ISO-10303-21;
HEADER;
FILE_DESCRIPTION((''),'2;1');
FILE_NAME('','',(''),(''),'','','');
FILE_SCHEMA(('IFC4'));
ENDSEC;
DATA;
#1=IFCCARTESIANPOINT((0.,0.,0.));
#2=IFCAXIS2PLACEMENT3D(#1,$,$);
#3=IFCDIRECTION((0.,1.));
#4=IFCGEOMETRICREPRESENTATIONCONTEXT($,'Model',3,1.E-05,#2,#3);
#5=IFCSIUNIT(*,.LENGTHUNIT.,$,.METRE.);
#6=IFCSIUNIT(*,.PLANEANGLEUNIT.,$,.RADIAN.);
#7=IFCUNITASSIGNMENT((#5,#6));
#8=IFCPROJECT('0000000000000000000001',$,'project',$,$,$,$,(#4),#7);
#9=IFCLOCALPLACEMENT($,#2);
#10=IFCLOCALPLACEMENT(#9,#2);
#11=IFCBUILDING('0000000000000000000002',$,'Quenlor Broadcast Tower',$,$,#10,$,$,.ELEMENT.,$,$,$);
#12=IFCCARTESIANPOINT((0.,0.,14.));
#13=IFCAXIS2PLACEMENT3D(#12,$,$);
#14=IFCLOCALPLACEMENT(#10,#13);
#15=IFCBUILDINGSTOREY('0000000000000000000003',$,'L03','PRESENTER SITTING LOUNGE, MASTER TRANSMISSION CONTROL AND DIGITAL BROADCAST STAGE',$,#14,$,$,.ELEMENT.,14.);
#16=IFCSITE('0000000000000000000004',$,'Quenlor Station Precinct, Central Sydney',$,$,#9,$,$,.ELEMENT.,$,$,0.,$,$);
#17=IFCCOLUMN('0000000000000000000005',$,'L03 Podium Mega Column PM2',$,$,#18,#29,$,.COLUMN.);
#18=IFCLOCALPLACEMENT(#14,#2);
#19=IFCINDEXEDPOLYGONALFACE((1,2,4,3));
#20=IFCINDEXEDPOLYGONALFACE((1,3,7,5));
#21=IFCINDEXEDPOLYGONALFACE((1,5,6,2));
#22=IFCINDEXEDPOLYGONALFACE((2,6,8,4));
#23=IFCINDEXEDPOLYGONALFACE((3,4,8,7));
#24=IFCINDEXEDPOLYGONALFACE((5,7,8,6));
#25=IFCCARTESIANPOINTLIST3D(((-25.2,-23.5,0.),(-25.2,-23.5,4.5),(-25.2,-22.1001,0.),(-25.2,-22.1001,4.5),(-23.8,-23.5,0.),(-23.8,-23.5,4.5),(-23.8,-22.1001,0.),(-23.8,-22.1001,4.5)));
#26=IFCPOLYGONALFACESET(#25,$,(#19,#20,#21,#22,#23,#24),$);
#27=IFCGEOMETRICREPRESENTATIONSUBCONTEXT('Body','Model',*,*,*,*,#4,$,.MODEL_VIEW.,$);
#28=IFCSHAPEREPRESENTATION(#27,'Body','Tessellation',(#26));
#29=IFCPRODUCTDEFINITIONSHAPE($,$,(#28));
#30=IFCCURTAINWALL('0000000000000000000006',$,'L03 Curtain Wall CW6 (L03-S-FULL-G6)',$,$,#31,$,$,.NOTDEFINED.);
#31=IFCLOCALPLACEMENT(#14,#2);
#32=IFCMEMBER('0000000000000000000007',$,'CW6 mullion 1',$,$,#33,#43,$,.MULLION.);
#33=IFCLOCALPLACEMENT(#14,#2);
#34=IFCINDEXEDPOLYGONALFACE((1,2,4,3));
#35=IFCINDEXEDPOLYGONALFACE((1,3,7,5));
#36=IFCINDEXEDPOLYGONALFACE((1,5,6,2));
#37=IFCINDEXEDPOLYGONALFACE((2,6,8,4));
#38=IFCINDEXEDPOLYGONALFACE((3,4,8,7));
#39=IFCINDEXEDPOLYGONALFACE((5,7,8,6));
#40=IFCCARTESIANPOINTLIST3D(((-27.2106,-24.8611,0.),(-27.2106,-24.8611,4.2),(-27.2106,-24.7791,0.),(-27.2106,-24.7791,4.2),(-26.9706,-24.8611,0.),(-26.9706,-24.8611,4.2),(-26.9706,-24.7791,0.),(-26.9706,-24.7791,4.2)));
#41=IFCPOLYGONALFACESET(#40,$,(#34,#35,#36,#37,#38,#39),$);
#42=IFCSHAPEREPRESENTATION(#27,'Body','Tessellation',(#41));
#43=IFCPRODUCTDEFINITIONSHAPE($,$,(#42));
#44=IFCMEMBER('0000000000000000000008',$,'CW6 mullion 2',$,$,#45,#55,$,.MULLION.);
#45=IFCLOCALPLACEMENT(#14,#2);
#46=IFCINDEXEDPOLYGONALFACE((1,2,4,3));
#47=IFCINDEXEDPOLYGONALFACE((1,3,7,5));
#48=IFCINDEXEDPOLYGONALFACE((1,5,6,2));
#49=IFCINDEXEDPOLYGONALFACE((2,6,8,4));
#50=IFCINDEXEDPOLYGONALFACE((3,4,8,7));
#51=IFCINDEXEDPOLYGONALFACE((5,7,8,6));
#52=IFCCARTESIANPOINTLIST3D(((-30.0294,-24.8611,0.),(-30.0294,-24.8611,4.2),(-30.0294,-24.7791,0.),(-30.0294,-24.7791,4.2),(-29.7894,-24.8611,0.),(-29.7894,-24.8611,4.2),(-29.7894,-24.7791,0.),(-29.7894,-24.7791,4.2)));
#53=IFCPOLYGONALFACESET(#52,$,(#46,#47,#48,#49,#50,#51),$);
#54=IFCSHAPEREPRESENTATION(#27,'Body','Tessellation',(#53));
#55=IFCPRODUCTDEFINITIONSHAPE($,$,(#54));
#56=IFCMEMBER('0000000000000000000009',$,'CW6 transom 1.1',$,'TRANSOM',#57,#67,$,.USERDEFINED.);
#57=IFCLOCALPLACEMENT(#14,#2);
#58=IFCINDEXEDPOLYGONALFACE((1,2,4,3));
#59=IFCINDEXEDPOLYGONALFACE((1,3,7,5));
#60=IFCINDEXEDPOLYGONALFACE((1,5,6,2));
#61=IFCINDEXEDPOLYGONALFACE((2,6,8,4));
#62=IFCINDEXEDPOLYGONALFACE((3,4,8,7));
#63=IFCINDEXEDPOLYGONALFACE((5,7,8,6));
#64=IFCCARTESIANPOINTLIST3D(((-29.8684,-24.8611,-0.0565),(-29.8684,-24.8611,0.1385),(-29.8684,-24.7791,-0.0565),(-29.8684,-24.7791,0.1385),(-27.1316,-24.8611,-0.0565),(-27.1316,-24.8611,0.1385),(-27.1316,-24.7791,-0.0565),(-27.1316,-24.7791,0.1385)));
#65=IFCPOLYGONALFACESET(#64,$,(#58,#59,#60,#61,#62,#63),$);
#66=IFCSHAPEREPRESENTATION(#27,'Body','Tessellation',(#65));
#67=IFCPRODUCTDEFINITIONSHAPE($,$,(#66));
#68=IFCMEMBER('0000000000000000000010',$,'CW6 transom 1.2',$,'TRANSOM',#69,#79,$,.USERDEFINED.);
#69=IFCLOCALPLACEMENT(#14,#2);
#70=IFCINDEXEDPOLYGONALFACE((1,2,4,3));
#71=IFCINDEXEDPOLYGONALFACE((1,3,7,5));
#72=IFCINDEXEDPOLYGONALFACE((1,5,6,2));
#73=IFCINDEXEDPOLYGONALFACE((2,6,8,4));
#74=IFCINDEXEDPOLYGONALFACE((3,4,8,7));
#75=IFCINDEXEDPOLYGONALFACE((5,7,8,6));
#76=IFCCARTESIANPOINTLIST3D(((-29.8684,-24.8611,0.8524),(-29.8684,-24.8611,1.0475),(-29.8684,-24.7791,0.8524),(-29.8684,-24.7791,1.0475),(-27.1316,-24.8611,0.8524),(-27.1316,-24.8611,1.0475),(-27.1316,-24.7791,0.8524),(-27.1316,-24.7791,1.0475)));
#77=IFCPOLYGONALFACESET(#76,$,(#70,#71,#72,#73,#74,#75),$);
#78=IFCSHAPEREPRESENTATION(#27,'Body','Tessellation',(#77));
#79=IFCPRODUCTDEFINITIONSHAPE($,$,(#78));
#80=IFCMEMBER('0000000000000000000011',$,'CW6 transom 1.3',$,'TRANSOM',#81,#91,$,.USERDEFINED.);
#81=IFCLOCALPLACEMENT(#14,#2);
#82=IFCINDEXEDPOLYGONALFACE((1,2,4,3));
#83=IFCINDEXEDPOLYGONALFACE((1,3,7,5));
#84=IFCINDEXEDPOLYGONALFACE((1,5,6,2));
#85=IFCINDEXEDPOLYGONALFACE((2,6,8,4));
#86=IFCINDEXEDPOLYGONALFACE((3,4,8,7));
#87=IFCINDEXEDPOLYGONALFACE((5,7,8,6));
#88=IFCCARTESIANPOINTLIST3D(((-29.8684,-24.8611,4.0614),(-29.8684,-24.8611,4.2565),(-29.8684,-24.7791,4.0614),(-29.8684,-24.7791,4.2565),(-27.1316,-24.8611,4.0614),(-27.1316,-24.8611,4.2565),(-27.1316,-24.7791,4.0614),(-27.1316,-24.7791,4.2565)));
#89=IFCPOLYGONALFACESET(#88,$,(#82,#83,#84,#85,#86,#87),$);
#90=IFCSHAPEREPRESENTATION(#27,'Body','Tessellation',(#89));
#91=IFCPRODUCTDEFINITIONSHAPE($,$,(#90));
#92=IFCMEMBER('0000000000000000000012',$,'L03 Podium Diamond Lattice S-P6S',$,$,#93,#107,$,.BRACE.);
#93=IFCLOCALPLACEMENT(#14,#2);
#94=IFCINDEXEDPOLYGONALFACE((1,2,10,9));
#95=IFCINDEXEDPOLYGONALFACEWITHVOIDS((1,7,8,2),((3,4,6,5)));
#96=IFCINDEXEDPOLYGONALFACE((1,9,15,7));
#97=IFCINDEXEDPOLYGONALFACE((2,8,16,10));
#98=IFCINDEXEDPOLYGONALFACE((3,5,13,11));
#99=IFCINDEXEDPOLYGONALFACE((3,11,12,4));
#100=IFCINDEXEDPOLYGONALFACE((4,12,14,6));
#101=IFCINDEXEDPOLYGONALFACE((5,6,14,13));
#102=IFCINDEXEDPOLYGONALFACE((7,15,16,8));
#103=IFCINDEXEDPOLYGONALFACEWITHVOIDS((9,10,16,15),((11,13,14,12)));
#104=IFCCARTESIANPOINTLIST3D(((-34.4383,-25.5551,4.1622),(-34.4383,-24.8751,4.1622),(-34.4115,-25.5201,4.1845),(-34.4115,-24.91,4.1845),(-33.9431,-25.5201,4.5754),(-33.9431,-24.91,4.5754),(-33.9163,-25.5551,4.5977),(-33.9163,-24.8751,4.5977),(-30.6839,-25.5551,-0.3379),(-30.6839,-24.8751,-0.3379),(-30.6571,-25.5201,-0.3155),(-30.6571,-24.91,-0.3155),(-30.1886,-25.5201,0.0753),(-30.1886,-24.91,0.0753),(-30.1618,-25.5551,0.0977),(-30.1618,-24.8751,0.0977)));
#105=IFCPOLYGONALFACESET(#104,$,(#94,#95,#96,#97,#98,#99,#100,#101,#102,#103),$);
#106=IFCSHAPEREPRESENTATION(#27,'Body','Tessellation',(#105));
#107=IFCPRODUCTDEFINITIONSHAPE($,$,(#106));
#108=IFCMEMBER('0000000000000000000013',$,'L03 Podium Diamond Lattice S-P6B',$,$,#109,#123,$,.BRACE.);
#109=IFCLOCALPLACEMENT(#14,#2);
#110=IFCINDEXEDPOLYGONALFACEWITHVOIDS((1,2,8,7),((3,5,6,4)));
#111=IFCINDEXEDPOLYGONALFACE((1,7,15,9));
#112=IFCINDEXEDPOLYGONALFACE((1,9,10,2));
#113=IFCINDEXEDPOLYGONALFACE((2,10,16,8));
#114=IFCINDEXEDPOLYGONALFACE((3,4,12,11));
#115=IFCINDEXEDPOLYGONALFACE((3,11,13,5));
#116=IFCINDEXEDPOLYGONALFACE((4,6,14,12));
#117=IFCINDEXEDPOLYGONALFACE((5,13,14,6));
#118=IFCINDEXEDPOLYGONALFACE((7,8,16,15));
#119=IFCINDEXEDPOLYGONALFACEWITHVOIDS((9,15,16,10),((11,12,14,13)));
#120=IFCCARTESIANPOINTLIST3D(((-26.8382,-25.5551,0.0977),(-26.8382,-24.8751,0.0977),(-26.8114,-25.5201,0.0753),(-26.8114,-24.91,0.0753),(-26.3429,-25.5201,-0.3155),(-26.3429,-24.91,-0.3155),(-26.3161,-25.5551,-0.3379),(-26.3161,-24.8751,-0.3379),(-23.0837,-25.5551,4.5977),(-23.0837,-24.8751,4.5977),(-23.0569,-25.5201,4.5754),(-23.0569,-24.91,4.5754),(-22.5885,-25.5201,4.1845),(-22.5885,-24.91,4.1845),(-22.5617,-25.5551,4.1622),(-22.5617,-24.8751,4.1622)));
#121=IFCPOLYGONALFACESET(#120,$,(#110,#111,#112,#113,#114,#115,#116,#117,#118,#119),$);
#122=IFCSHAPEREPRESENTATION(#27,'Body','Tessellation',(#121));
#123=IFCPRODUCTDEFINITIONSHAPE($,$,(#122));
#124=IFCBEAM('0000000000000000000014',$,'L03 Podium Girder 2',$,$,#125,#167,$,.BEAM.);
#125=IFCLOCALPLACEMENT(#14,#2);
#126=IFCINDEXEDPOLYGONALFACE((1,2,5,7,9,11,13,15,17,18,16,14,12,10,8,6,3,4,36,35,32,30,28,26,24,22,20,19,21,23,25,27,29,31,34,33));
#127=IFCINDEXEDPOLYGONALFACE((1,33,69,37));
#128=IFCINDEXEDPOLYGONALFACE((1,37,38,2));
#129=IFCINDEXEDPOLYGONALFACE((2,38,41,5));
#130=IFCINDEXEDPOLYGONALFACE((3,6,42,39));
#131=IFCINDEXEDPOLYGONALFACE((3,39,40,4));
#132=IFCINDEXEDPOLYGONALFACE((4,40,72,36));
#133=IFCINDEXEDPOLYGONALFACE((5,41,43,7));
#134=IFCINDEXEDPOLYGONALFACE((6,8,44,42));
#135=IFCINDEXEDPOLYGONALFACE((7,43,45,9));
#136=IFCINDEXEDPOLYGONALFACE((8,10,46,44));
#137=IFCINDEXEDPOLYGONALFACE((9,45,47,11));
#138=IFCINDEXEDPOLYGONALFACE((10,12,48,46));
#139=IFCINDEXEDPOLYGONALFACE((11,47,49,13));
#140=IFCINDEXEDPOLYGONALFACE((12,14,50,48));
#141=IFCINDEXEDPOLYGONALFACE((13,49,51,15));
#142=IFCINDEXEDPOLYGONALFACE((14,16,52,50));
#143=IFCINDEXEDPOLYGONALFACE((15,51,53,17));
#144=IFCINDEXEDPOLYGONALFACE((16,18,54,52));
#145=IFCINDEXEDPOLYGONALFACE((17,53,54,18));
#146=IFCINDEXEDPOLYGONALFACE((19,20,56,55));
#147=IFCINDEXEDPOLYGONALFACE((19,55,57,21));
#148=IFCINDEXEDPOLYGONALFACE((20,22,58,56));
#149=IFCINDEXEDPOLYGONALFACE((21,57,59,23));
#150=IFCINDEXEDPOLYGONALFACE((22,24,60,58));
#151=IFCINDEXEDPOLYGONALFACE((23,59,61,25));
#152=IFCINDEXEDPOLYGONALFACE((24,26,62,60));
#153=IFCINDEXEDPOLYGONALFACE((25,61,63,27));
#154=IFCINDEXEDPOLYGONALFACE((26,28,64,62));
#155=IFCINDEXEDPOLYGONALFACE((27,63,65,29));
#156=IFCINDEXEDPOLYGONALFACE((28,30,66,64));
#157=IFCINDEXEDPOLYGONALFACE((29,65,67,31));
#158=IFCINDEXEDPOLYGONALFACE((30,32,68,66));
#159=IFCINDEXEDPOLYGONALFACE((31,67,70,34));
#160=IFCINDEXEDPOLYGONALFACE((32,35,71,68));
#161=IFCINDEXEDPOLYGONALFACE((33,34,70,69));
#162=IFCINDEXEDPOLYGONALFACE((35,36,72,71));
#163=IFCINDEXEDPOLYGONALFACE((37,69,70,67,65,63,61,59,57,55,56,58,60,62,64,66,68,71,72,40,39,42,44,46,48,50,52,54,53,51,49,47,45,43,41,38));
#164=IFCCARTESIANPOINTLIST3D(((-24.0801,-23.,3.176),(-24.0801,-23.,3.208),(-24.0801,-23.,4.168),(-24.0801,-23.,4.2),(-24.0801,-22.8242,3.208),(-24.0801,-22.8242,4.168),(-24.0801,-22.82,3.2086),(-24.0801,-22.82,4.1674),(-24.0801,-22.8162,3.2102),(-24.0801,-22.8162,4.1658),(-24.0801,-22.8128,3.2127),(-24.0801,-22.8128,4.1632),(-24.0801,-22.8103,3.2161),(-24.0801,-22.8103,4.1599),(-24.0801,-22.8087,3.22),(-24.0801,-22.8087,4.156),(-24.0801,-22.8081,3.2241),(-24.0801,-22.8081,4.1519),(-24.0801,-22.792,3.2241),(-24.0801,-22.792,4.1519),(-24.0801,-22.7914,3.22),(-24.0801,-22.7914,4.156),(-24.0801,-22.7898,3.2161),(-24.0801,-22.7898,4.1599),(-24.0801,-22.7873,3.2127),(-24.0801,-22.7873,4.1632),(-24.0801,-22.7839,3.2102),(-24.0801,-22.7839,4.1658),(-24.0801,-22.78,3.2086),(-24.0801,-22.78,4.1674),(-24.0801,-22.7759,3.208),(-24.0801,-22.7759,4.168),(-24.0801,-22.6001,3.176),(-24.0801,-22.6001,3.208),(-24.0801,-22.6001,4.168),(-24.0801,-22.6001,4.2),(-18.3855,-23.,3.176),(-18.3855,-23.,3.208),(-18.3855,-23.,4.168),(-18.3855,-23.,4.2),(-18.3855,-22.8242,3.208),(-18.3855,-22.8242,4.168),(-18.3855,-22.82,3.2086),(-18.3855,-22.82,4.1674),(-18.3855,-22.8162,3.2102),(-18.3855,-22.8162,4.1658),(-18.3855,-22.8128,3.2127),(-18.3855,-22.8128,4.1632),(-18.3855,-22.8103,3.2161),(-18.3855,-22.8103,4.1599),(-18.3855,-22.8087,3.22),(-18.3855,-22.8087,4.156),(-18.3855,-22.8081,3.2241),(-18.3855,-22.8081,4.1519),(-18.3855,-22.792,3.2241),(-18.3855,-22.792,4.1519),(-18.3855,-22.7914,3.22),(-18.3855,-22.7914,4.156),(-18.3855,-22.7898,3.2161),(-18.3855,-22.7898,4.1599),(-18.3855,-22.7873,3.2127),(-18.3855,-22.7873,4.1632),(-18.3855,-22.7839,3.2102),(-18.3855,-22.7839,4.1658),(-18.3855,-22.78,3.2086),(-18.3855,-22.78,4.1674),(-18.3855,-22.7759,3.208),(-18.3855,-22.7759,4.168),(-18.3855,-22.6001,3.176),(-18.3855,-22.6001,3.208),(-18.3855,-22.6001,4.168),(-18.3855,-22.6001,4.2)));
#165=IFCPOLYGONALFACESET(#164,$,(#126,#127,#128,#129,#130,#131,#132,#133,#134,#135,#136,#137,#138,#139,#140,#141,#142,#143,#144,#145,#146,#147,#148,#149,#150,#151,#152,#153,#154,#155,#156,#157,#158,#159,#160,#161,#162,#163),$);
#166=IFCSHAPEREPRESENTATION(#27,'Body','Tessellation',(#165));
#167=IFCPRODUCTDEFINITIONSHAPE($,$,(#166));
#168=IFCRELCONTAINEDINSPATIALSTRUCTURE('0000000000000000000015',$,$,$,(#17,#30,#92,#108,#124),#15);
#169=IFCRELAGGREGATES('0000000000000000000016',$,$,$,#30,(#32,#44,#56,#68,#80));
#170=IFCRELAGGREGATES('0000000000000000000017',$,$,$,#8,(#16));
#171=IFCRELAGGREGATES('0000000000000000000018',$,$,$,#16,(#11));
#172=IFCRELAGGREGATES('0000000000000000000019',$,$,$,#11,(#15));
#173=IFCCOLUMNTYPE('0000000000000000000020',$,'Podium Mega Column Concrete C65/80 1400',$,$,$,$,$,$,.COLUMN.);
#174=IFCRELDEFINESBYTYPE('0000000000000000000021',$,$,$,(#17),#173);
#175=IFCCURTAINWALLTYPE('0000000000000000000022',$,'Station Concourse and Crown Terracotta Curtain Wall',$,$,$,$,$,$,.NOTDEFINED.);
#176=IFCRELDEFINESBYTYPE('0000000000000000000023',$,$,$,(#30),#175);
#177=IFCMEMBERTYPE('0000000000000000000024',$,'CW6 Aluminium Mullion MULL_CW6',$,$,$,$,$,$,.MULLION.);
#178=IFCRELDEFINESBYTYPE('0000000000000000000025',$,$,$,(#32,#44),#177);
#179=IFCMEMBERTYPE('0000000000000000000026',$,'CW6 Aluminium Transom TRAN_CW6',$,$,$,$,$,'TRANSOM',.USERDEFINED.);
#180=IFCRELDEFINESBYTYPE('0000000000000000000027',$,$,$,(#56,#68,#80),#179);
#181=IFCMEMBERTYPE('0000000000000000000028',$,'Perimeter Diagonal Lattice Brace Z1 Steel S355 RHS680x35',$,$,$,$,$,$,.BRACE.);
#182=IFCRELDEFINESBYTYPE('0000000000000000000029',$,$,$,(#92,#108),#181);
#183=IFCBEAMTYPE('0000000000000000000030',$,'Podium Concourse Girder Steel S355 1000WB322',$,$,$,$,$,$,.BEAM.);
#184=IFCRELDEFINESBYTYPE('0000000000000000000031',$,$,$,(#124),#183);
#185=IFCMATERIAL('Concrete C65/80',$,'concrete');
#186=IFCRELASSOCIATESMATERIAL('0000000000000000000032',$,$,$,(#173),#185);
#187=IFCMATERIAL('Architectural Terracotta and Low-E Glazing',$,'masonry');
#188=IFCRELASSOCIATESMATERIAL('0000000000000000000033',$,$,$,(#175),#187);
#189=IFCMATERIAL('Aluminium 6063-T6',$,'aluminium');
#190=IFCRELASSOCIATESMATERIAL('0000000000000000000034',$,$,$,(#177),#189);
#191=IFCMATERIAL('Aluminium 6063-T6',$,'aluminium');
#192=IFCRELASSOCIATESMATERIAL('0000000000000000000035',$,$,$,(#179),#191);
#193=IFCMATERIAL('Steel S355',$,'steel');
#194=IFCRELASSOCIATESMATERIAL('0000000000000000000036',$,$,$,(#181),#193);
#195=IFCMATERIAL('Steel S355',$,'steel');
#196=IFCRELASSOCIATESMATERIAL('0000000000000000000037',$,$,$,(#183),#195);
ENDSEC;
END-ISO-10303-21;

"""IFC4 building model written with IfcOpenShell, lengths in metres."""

from ifc_helpers import new_model, si_unit, direction, frame, origin, origin_2d, place, context, subcontext, project, spatial, rectangle, hollow_rectangle, i_section, extrude, material, material_profile, profile_set, type_object, element, aggregate, save


model = new_model("IFC4")

# Units and contexts
model_context = context("Model", 3, precision=1e-05, world=origin(), true_north=direction((0.0, 1.0)))
body_context = subcontext(model_context, "Body", "Model", "MODEL_VIEW")
ifc_project = project(units=[si_unit("LENGTHUNIT", "METRE"), si_unit("PLANEANGLEUNIT", "RADIAN")], contexts=[model_context])

# Site, building, storey
site_placement = place(None, origin())
site = spatial("IfcSite", under=ifc_project, at=site_placement, Name="Quenlor Station Precinct, Central Sydney", CompositionType="ELEMENT", RefElevation=0.0)
building_placement = place(site_placement, origin())
building = spatial("IfcBuilding", under=site, at=building_placement, Name="Quenlor Broadcast Tower", CompositionType="ELEMENT")
storey_placement = place(building_placement, frame((0.0, 0.0, 14.0)))
storey = spatial("IfcBuildingStorey", under=building, at=storey_placement, Name="L03", Description="PRESENTER SITTING LOUNGE, MASTER TRANSMISSION CONTROL AND DIGITAL BROADCAST STAGE", CompositionType="ELEMENT", Elevation=14.0)

# Column
ifc_material_1 = material(Name="Concrete C65/80", Category="concrete")
ifc_material_profile_1 = material_profile(ifc_material_1, rectangle(XDim=1.3999, YDim=1.3999, at=origin_2d()))
ifc_profile_set_1 = profile_set([ifc_material_profile_1], Name="Concrete C65/80 RC1400x1400")
column_type = type_object("IfcColumnType", Name="Podium Mega Column Concrete C65/80 1400", PredefinedType="COLUMN", material=ifc_profile_set_1)
column_placement = place(storey_placement, frame((-24.5, -22.8, 0.0), z_axis=(0.0, 0.0, 1.0), x_axis=(1.0, 0.0, 0.0)))
element("IfcColumn", 1, at=column_placement, inside=storey, type_object=column_type, Name="L03 Podium Mega Column PM2", PredefinedType="COLUMN", context=body_context, shape_type="SweptSolid", body=[
    extrude(rectangle(XDim=1.3999, YDim=1.3999, at=origin_2d()), origin(), (0.0, 0.0, 1.0), 4.5),
])

# Curtain wall, members
ifc_material_2 = material(Name="Architectural Terracotta and Low-E Glazing", Category="masonry")
curtain_wall_type = type_object("IfcCurtainWallType", Name="Station Concourse and Crown Terracotta Curtain Wall", PredefinedType="NOTDEFINED", material=ifc_material_2)
curtain_wall_placement = place(storey_placement, origin())
curtain_wall = element("IfcCurtainWall", 2, at=curtain_wall_placement, inside=storey, type_object=curtain_wall_type, Name="L03 Curtain Wall CW6 (L03-S-FULL-G6)", PredefinedType="NOTDEFINED")
ifc_material_3 = material(Name="Aluminium 6063-T6", Category="aluminium")
ifc_material_profile_2 = material_profile(ifc_material_3, rectangle(XDim=0.082, YDim=0.24, at=origin_2d()))
ifc_profile_set_2 = profile_set([ifc_material_profile_2], Name="Aluminium 6063-T6 MULL82x240")
member_type_1 = type_object("IfcMemberType", Name="CW6 Aluminium Mullion MULL_CW6", PredefinedType="MULLION", material=ifc_profile_set_2)
member_1_placement = place(storey_placement, frame((-27.0906, -24.8201, 0.0), z_axis=(0.0, 0.0, 1.0), x_axis=(0.0, -1.0, 0.0)))
member_1 = element("IfcMember", 3, at=member_1_placement, type_object=member_type_1, Name="CW6 mullion 1", PredefinedType="MULLION", context=body_context, shape_type="SweptSolid", body=[
    extrude(rectangle(XDim=0.082, YDim=0.24, at=origin_2d()), origin(), (0.0, 0.0, 1.0), 4.2),
])
member_2_placement = place(storey_placement, frame((-29.9094, -24.8201, 0.0), z_axis=(0.0, 0.0, 1.0), x_axis=(0.0, -1.0, 0.0)))
member_2 = element("IfcMember", 4, at=member_2_placement, type_object=member_type_1, Name="CW6 mullion 2", PredefinedType="MULLION", context=body_context, shape_type="SweptSolid", body=[
    extrude(rectangle(XDim=0.082, YDim=0.24, at=origin_2d()), origin(), (0.0, 0.0, 1.0), 4.2),
])
ifc_material_4 = material(Name="Aluminium 6063-T6", Category="aluminium")
ifc_material_profile_3 = material_profile(ifc_material_4, rectangle(XDim=0.082, YDim=0.1951, at=origin_2d()))
ifc_profile_set_3 = profile_set([ifc_material_profile_3], Name="Aluminium 6063-T6 TRAN82x195")
member_type_2 = type_object("IfcMemberType", Name="CW6 Aluminium Transom TRAN_CW6", ElementType="TRANSOM", PredefinedType="USERDEFINED", material=ifc_profile_set_3)
member_3_placement = place(storey_placement, frame((-27.1316, -24.8201, 0.041), z_axis=(-1.0, 0.0, 0.0), x_axis=(0.0, -1.0, 0.0)))
member_3 = element("IfcMember", 5, at=member_3_placement, type_object=member_type_2, Name="CW6 transom 1.1", ObjectType="TRANSOM", PredefinedType="USERDEFINED", context=body_context, shape_type="SweptSolid", body=[
    extrude(rectangle(XDim=0.082, YDim=0.1951, at=origin_2d()), origin(), (0.0, 0.0, 1.0), 2.7368),
])
member_4_placement = place(storey_placement, frame((-27.1316, -24.8201, 0.95), z_axis=(-1.0, 0.0, 0.0), x_axis=(0.0, -1.0, 0.0)))
member_4 = element("IfcMember", 6, at=member_4_placement, type_object=member_type_2, Name="CW6 transom 1.2", ObjectType="TRANSOM", PredefinedType="USERDEFINED", context=body_context, shape_type="SweptSolid", body=[
    extrude(rectangle(XDim=0.082, YDim=0.1951, at=origin_2d()), origin(), (0.0, 0.0, 1.0), 2.7368),
])
member_5_placement = place(storey_placement, frame((-27.1316, -24.8201, 4.1589), z_axis=(-1.0, 0.0, 0.0), x_axis=(0.0, -1.0, 0.0)))
member_5 = element("IfcMember", 7, at=member_5_placement, type_object=member_type_2, Name="CW6 transom 1.3", ObjectType="TRANSOM", PredefinedType="USERDEFINED", context=body_context, shape_type="SweptSolid", body=[
    extrude(rectangle(XDim=0.082, YDim=0.1951, at=origin_2d()), origin(), (0.0, 0.0, 1.0), 2.7368),
])

# Members
ifc_material_5 = material(Name="Steel S355", Category="steel")
ifc_material_profile_4 = material_profile(ifc_material_5, hollow_rectangle(XDim=0.6799, YDim=0.6799, WallThickness=0.0349, at=origin_2d()))
ifc_profile_set_4 = profile_set([ifc_material_profile_4], Name="Steel S355 RHS680x680x35")
member_type_3 = type_object("IfcMemberType", Name="Perimeter Diagonal Lattice Brace Z1 Steel S355 RHS680x35", PredefinedType="BRACE", material=ifc_profile_set_4)
for number, where, z_axis, x_axis, name in (
    (8, (-30.4229, -25.2151, -0.1201), (-0.640627, 0.0, 0.767852), (0.0, -1.0, 0.0), "L03 Podium Diamond Lattice S-P6S"),
    (9, (-26.5771, -25.2151, -0.1201), (0.640627, 0.0, 0.767852), (0.0, 1.0, 0.0), "L03 Podium Diamond Lattice S-P6B"),
):
    element("IfcMember", number, at=place(storey_placement, frame(where, z_axis=z_axis, x_axis=x_axis)), inside=storey, type_object=member_type_3, Name=name, PredefinedType="BRACE", context=body_context, shape_type="SweptSolid", body=[
        extrude(hollow_rectangle(XDim=0.6799, YDim=0.6799, WallThickness=0.0349, at=origin_2d()), origin(), (0.0, 0.0, 1.0), 5.8606),
    ])

# Beam
ifc_material_6 = material(Name="Steel S355", Category="steel")
ifc_material_profile_5 = material_profile(ifc_material_6, i_section(OverallWidth=0.3999, OverallDepth=1.0239, WebThickness=0.0161, FlangeThickness=0.032, FilletRadius=0.0161, at=origin_2d()))
ifc_profile_set_5 = profile_set([ifc_material_profile_5], Name="Steel S355 1000WB322")
beam_type = type_object("IfcBeamType", Name="Podium Concourse Girder Steel S355 1000WB322", PredefinedType="BEAM", material=ifc_profile_set_5)
beam_1_placement = place(storey_placement, frame((-24.0801, -22.8, 3.688), z_axis=(1.0, 0.0, 0.0), x_axis=(0.0, 1.0, 0.0)))
element("IfcBeam", 10, at=beam_1_placement, inside=storey, type_object=beam_type, Name="L03 Podium Girder 2", PredefinedType="BEAM", context=body_context, shape_type="SweptSolid", body=[
    extrude(i_section(OverallWidth=0.3999, OverallDepth=1.0239, WebThickness=0.0161, FlangeThickness=0.032, FilletRadius=0.0161, at=origin_2d()), origin(), (0.0, 0.0, 1.0), 5.6946),
])

aggregate(curtain_wall, [member_1, member_2, member_3, member_4, member_5])

save(model, "model.ifc")
